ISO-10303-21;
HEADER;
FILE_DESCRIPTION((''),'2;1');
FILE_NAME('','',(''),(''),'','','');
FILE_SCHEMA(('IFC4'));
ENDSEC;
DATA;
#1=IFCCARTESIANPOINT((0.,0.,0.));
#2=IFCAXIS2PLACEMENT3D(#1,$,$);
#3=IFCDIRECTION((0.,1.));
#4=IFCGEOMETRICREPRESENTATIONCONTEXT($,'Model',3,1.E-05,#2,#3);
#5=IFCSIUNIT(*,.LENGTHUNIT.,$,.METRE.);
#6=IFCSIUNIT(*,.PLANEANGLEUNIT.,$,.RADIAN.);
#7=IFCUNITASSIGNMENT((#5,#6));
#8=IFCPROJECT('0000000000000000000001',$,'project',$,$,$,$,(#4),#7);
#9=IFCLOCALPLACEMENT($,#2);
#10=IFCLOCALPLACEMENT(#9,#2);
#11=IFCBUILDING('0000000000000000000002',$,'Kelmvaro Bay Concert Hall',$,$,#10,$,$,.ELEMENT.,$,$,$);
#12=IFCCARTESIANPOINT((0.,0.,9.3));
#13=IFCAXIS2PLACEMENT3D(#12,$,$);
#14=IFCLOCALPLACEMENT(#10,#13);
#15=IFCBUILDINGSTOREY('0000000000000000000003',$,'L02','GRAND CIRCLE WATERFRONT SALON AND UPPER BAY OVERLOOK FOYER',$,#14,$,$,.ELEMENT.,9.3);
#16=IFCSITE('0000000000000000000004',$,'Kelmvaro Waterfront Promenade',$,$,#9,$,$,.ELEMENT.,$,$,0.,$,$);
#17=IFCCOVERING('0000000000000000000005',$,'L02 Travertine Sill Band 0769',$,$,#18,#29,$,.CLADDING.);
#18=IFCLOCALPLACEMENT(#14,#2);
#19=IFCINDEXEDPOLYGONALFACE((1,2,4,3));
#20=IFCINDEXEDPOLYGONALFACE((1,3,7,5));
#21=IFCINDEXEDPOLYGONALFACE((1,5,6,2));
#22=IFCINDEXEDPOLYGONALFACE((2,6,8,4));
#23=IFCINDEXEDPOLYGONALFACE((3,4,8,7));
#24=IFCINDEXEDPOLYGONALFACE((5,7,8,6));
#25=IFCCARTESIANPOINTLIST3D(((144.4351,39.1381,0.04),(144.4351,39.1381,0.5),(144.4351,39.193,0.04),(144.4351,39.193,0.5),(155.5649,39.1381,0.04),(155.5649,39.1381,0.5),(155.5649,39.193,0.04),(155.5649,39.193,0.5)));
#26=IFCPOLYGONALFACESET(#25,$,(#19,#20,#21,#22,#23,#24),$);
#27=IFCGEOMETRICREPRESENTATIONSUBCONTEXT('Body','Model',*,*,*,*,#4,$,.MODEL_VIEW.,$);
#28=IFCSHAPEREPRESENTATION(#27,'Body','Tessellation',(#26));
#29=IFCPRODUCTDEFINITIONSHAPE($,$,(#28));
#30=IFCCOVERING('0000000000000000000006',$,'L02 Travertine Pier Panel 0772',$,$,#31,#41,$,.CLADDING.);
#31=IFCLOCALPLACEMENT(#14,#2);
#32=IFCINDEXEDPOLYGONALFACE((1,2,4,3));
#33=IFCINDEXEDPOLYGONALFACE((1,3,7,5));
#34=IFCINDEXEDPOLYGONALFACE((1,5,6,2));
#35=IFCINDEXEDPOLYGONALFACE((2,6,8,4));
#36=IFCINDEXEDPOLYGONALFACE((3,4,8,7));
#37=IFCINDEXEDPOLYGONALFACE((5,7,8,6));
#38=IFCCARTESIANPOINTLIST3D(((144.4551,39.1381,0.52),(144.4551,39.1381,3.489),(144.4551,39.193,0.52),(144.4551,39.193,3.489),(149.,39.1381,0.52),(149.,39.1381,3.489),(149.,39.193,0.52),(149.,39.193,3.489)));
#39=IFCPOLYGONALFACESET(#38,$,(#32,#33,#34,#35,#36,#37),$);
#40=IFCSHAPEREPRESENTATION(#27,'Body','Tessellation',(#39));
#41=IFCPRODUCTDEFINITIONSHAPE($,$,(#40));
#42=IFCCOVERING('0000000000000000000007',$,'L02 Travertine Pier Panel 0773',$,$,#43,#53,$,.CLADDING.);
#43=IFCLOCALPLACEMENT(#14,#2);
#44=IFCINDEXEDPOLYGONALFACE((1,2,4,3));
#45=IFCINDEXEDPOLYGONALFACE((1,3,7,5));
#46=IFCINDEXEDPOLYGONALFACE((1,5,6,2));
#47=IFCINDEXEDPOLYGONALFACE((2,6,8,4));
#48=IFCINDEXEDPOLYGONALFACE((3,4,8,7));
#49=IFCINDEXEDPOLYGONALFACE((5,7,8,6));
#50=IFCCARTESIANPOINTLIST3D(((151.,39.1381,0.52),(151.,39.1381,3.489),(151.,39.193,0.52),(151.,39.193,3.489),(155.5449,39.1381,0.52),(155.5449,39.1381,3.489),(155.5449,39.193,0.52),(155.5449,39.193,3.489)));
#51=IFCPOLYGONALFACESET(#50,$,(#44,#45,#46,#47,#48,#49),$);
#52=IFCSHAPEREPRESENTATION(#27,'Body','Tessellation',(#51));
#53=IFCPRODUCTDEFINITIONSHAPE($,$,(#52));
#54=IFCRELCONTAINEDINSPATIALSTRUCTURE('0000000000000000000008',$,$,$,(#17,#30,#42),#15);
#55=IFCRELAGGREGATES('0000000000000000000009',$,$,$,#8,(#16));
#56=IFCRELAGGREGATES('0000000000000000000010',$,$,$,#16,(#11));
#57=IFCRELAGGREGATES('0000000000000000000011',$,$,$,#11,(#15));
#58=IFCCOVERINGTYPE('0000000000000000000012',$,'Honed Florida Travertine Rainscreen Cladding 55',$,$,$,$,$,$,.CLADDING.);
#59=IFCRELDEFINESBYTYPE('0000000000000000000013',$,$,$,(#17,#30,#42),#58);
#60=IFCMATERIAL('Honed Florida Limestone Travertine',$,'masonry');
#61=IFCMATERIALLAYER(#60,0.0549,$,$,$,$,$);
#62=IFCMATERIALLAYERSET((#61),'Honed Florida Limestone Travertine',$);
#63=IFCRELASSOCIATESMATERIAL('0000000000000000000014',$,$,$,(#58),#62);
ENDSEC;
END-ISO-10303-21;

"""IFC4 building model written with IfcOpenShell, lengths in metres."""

from ifc_helpers import new_model, si_unit, direction, frame, origin, origin_2d, place, context, subcontext, project, spatial, rectangle, extrude, material, layer, layer_set, type_object, element, save


model = new_model("IFC4")

# Units and contexts
model_context = context("Model", 3, precision=1e-05, world=origin(), true_north=direction((0.0, 1.0)))
body_context = subcontext(model_context, "Body", "Model", "MODEL_VIEW")
ifc_project = project(units=[si_unit("LENGTHUNIT", "METRE"), si_unit("PLANEANGLEUNIT", "RADIAN")], contexts=[model_context])

# Site, building, storey
site_placement = place(None, origin())
site = spatial("IfcSite", under=ifc_project, at=site_placement, Name="Kelmvaro Waterfront Promenade", CompositionType="ELEMENT", RefElevation=0.0)
building_placement = place(site_placement, origin())
building = spatial("IfcBuilding", under=site, at=building_placement, Name="Kelmvaro Bay Concert Hall", CompositionType="ELEMENT")
storey_placement = place(building_placement, frame((0.0, 0.0, 9.3)))
storey = spatial("IfcBuildingStorey", under=building, at=storey_placement, Name="L02", Description="GRAND CIRCLE WATERFRONT SALON AND UPPER BAY OVERLOOK FOYER", CompositionType="ELEMENT", Elevation=9.3)

# Coverings
ifc_material_1 = material(Name="Honed Florida Limestone Travertine", Category="masonry")
ifc_layer_1 = layer(ifc_material_1, 0.0549)
ifc_layer_set_1 = layer_set([ifc_layer_1], Name="Honed Florida Limestone Travertine")
covering_type_1 = type_object("IfcCoveringType", Name="Honed Florida Travertine Rainscreen Cladding 55", PredefinedType="CLADDING", material=ifc_layer_set_1)
covering_placement = place(storey_placement, frame((150.0, 39.1655, 0.04), z_axis=(0.0, 0.0, 1.0), x_axis=(1.0, 0.0, 0.0)))
element("IfcCovering", 1, at=covering_placement, inside=storey, type_object=covering_type_1, Name="L02 Travertine Sill Band 0769", PredefinedType="CLADDING", context=body_context, shape_type="SweptSolid", body=[
    extrude(rectangle(XDim=11.1299, YDim=0.0549, at=origin_2d()), origin(), (0.0, 0.0, 1.0), 0.46),
])
for number, where, z_axis, x_axis, name in (
    (2, (146.7275, 39.1655, 0.52), (0.0, 0.0, 1.0), (1.0, 0.0, 0.0), "L02 Travertine Pier Panel 0772"),
    (3, (153.2725, 39.1655, 0.52), (0.0, 0.0, 1.0), (1.0, 0.0, 0.0), "L02 Travertine Pier Panel 0773"),
):
    element("IfcCovering", number, at=place(storey_placement, frame(where, z_axis=z_axis, x_axis=x_axis)), inside=storey, type_object=covering_type_1, Name=name, PredefinedType="CLADDING", context=body_context, shape_type="SweptSolid", body=[
        extrude(rectangle(XDim=4.5449, YDim=0.0549, at=origin_2d()), origin(), (0.0, 0.0, 1.0), 2.969),
    ])

save(model, "model.ifc")
